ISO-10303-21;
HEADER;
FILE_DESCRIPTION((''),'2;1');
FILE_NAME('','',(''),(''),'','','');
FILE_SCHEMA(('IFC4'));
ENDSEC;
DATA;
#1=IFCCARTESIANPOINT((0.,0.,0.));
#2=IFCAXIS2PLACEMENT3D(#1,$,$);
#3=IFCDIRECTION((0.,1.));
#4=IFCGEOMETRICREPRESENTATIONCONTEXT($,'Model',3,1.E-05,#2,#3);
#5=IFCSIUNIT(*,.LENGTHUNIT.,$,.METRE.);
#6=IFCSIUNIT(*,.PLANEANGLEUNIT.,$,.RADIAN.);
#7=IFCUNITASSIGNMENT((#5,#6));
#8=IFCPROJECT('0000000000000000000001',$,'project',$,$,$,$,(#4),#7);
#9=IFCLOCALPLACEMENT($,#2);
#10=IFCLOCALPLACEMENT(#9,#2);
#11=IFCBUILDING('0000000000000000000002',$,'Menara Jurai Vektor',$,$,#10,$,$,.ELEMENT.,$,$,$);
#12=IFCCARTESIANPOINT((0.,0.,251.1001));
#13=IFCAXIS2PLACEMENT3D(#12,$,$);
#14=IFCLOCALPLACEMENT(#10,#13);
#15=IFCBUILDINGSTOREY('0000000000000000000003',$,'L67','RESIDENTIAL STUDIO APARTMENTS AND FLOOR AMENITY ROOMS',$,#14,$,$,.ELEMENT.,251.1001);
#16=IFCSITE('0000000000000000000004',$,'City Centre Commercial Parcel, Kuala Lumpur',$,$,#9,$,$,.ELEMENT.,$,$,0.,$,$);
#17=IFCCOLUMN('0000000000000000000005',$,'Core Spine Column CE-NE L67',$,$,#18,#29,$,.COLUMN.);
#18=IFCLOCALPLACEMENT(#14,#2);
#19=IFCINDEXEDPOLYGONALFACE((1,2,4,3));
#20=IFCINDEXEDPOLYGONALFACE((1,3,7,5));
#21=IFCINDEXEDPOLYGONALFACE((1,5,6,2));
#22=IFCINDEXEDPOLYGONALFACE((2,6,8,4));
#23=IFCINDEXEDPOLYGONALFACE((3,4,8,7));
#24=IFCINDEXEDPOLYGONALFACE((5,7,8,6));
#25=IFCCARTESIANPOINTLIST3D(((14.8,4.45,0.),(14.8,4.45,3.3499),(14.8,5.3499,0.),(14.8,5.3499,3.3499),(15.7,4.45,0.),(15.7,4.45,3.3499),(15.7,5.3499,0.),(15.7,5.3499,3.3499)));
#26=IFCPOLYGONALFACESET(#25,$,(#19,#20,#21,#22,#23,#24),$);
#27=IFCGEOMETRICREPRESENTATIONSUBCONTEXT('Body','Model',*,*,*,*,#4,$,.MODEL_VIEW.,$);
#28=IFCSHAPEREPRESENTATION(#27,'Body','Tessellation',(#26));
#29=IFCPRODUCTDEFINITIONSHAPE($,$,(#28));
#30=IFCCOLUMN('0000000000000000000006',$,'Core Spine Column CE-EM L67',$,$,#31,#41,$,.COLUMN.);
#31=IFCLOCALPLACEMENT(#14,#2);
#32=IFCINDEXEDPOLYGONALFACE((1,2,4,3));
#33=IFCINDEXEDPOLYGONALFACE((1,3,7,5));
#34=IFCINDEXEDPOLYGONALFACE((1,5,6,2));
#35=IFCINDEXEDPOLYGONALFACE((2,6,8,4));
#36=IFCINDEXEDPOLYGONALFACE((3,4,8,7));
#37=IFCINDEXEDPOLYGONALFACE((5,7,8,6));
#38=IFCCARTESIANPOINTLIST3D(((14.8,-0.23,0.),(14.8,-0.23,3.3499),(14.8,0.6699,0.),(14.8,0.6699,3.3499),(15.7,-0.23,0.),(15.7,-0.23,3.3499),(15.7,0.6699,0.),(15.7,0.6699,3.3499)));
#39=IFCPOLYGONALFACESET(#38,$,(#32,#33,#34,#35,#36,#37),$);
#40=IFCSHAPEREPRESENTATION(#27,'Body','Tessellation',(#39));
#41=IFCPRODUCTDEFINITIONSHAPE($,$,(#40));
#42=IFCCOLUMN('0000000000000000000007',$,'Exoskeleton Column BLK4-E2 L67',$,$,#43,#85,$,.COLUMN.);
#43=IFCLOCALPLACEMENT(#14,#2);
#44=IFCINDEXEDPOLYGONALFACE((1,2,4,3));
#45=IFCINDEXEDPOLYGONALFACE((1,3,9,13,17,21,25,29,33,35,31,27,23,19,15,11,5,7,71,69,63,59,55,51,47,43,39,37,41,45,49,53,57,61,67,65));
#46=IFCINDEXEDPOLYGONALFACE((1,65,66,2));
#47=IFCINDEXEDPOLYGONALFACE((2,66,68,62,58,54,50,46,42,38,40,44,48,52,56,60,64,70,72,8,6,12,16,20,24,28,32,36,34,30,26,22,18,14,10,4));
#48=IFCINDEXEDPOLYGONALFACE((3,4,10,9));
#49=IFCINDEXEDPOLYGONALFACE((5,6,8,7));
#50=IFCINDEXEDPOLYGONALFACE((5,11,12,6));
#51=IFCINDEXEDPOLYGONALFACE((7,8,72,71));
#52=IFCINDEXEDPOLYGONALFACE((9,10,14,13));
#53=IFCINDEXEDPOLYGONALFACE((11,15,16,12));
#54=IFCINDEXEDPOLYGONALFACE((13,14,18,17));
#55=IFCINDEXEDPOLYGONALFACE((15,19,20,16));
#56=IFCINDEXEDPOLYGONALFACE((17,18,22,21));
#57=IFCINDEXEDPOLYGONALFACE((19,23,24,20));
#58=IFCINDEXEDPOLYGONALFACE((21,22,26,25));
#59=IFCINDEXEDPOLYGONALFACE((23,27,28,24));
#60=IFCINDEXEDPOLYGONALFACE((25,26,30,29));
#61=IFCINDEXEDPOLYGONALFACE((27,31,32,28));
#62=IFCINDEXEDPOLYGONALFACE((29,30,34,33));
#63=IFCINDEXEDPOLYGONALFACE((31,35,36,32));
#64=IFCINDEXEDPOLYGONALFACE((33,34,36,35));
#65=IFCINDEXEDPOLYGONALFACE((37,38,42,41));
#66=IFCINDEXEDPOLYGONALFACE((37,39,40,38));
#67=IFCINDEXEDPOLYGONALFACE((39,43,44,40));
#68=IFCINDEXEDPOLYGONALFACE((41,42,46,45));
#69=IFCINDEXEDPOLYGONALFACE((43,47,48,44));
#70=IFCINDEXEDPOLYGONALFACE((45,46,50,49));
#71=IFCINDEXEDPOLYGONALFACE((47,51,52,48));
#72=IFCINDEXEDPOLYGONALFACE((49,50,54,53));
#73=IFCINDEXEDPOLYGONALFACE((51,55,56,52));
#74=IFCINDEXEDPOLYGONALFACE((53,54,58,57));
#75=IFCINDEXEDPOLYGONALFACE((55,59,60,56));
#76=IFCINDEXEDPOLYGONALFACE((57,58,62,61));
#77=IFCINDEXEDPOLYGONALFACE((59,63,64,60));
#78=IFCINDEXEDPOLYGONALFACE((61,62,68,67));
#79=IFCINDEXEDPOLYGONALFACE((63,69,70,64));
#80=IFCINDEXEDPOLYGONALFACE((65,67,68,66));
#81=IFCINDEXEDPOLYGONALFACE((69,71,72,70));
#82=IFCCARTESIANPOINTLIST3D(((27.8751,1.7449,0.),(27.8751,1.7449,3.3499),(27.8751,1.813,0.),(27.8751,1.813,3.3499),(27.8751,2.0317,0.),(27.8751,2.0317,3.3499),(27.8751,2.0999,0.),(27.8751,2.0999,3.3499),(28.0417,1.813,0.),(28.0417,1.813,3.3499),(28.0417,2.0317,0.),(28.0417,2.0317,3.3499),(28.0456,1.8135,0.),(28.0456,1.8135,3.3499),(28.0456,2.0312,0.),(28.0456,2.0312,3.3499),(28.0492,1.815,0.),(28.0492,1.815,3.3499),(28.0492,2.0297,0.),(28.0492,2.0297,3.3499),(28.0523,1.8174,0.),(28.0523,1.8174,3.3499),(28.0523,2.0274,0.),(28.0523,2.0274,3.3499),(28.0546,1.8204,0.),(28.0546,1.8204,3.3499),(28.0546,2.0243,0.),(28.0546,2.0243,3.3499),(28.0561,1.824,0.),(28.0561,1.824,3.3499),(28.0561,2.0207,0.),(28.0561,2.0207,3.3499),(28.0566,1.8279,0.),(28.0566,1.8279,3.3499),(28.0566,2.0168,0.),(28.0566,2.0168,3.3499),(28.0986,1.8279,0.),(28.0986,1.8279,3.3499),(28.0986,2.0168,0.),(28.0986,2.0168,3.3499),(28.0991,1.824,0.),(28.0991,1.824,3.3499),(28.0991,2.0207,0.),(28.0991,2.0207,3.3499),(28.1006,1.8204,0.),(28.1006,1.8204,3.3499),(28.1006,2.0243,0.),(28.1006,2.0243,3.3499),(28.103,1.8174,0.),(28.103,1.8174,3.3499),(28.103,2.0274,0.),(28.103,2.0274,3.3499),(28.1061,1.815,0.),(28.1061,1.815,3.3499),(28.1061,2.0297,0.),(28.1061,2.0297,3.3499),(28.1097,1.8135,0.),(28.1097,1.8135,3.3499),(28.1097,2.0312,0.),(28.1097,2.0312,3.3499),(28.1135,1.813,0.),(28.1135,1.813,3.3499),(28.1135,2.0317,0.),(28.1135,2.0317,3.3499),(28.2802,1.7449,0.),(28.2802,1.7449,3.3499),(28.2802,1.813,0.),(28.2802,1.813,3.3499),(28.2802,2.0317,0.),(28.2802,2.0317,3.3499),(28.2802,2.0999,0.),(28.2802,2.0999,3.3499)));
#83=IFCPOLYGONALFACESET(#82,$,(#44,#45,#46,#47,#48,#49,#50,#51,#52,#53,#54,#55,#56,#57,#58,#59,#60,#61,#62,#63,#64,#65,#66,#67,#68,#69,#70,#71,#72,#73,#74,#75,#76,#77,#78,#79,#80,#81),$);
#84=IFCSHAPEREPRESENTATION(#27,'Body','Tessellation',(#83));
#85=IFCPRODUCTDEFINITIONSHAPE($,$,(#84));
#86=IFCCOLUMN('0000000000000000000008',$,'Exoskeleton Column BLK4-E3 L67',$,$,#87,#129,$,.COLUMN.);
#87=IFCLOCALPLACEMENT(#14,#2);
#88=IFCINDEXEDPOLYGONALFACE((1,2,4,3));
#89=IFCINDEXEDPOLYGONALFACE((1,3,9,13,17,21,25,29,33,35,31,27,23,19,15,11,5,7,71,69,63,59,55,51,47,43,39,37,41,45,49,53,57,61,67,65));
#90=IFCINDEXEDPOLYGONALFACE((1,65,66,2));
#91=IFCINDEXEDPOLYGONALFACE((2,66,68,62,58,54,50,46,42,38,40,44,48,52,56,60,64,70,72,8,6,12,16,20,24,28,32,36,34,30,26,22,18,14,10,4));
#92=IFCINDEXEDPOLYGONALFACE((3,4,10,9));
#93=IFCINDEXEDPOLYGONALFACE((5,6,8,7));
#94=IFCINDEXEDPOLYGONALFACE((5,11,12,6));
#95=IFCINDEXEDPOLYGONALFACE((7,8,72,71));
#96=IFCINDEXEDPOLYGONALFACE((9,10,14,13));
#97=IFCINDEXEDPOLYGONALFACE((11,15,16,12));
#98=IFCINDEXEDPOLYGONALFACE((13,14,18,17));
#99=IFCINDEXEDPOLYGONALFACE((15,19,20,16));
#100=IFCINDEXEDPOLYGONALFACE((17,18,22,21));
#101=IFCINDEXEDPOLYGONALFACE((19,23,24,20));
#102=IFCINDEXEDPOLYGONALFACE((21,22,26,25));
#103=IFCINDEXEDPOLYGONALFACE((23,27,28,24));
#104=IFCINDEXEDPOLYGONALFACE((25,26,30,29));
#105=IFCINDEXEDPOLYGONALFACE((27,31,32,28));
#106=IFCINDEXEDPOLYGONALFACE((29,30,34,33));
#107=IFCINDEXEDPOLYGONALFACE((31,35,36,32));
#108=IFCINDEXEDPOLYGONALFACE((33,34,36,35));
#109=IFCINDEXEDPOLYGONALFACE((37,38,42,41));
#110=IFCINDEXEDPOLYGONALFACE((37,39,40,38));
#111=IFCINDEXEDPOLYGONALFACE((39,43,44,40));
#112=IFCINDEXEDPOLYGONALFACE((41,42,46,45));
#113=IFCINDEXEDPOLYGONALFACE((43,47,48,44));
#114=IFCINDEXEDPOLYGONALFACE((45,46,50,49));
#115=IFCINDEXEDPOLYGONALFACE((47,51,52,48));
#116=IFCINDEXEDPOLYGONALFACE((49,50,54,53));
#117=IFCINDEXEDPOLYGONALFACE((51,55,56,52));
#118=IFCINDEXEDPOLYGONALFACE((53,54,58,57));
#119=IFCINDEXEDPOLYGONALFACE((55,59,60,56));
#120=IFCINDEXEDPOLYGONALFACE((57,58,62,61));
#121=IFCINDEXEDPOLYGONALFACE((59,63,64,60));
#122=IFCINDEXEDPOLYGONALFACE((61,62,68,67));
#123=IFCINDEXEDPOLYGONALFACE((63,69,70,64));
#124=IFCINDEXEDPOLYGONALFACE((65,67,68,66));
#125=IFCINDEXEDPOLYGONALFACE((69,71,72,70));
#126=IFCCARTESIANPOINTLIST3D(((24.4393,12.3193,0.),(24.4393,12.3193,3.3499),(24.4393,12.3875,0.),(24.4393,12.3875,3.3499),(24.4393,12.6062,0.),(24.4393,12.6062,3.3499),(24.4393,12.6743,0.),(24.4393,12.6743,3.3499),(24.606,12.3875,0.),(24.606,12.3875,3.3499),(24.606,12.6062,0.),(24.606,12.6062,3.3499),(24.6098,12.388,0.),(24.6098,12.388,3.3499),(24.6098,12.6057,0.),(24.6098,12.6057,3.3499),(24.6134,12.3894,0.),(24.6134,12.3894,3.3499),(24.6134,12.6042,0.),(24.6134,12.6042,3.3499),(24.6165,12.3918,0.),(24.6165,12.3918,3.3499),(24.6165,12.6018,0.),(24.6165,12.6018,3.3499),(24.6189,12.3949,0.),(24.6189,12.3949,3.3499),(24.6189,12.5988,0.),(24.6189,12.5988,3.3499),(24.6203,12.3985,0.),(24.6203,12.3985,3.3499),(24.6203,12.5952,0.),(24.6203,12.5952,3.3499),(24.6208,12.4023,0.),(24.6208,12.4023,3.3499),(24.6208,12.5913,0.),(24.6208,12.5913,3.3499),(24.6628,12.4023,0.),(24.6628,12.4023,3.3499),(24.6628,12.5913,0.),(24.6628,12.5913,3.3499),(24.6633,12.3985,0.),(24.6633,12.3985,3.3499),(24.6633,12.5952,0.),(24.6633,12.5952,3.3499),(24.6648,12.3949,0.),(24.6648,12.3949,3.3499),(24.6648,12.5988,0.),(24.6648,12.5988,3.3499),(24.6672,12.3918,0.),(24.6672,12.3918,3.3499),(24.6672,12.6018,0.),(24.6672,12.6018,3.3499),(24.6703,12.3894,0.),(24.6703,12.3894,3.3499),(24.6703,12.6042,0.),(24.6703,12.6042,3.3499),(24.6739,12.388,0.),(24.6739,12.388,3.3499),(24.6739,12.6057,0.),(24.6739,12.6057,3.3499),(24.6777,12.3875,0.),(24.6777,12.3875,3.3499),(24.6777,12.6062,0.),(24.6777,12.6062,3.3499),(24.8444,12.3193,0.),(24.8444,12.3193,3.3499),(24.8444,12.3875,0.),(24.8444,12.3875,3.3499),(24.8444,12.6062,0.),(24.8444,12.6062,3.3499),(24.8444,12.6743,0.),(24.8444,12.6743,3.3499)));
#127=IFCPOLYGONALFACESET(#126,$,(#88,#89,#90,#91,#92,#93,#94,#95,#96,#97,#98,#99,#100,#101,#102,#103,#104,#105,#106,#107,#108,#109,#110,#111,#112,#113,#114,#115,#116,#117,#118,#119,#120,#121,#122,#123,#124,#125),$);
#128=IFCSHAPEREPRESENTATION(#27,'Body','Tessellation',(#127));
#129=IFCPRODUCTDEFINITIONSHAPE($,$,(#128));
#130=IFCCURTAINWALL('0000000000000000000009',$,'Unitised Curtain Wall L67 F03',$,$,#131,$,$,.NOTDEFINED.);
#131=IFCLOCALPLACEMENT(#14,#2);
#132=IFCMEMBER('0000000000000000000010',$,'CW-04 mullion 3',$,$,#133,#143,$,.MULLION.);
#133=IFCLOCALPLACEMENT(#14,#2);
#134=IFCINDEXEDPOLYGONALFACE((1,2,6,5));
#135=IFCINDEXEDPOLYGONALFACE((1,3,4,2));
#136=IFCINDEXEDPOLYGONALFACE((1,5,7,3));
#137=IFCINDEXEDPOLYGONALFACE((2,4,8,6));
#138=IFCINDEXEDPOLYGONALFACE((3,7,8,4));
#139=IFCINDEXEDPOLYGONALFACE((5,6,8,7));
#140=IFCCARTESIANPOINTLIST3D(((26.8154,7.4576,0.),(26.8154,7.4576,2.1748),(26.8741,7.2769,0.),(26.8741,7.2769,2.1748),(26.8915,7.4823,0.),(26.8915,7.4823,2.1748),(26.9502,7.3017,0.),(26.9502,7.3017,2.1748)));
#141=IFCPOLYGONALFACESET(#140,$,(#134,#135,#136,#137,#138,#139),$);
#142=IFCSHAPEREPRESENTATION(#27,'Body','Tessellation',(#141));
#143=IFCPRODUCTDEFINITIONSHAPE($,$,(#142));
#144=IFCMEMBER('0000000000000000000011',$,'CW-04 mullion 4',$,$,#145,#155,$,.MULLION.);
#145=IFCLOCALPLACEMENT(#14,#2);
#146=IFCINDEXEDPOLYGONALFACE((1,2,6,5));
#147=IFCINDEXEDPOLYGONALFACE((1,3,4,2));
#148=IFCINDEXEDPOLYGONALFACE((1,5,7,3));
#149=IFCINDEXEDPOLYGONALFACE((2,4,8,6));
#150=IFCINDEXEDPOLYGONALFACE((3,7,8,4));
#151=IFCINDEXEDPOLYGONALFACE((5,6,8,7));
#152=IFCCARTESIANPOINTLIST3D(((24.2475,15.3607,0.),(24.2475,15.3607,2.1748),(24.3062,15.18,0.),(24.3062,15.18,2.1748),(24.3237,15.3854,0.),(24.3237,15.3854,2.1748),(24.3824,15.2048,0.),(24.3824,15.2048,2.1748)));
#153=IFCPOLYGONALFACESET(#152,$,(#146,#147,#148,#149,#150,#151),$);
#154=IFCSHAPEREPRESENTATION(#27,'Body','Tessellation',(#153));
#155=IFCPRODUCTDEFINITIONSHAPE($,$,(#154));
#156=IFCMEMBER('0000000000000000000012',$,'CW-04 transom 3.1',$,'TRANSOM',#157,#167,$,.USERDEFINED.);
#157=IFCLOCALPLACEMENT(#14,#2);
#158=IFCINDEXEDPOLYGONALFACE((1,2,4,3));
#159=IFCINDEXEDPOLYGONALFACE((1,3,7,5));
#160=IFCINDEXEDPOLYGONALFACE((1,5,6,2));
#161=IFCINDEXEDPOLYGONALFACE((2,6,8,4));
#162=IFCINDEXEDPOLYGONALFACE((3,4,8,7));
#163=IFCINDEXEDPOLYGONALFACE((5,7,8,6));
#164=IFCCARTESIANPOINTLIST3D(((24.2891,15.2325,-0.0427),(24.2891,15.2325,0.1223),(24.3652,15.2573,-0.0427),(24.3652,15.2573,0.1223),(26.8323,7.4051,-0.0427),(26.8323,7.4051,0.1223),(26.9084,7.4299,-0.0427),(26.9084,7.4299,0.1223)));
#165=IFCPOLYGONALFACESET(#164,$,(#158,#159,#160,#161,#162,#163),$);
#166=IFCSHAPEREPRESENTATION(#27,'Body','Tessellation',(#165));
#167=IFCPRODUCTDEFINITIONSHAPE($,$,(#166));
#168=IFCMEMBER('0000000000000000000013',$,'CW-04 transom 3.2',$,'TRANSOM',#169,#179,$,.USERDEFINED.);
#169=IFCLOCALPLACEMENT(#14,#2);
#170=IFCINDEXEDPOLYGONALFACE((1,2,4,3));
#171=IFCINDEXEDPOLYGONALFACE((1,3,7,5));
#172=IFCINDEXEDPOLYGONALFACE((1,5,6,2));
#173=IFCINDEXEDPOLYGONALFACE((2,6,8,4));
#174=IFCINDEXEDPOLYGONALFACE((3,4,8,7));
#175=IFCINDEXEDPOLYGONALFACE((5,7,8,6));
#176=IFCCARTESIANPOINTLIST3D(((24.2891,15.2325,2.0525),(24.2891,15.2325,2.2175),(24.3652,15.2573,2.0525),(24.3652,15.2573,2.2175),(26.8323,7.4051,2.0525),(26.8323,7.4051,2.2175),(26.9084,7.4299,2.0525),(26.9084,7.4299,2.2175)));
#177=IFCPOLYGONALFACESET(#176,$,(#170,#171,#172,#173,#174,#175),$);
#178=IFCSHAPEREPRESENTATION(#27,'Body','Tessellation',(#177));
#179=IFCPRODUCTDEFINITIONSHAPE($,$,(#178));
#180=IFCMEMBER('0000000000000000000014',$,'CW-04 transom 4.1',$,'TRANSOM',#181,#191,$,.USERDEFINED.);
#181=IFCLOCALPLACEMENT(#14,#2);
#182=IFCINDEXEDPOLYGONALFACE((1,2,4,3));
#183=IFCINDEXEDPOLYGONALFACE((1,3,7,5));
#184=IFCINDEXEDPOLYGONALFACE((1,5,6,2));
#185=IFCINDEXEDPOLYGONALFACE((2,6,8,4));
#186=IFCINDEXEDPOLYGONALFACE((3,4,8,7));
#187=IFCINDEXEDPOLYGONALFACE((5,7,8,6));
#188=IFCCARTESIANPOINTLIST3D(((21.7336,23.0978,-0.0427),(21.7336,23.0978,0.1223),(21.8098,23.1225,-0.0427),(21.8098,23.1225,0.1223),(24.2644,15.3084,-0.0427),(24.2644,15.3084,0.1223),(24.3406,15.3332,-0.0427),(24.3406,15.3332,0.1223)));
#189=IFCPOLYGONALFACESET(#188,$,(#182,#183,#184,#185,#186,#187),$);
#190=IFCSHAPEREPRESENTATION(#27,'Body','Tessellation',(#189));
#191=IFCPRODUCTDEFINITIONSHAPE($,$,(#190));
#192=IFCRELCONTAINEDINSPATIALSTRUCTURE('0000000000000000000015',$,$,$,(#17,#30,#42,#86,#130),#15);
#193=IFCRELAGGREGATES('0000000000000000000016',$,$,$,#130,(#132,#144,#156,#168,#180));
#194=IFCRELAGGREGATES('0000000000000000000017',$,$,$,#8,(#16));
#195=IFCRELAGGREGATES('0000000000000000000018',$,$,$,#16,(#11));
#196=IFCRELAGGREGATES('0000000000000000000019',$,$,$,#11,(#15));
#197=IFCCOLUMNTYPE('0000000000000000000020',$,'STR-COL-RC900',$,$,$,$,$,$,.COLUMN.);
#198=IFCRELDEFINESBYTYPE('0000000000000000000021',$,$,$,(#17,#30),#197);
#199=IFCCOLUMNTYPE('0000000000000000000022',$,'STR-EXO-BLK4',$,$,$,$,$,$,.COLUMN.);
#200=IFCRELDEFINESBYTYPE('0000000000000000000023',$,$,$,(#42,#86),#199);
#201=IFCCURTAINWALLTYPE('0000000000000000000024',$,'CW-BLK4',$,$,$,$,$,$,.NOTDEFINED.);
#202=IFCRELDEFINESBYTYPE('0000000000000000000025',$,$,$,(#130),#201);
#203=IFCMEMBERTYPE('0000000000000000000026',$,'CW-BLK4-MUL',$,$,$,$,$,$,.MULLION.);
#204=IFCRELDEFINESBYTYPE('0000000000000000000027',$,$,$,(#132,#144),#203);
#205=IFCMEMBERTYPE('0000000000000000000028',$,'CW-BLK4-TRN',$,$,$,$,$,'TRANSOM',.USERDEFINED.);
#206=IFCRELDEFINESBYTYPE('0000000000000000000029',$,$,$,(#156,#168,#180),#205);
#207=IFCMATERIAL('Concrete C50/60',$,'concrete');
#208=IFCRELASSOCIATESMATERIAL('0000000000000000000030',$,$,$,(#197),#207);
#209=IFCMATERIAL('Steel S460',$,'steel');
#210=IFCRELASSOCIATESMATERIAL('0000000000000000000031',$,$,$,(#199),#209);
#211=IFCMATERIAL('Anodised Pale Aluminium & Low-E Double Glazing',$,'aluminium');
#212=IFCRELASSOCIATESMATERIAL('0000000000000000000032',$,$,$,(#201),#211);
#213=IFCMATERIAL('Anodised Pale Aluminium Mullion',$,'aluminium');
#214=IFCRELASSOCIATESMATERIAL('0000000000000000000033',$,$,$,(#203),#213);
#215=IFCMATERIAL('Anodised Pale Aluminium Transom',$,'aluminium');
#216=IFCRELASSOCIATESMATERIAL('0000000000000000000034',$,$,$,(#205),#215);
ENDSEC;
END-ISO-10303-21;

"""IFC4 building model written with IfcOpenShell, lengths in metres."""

from ifc_helpers import new_model, si_unit, direction, frame, origin, origin_2d, place, context, subcontext, project, spatial, rectangle, i_section, extrude, material, material_profile, profile_set, type_object, element, aggregate, save


model = new_model("IFC4")

# Units and contexts
model_context = context("Model", 3, precision=1e-05, world=origin(), true_north=direction((0.0, 1.0)))
body_context = subcontext(model_context, "Body", "Model", "MODEL_VIEW")
ifc_project = project(units=[si_unit("LENGTHUNIT", "METRE"), si_unit("PLANEANGLEUNIT", "RADIAN")], contexts=[model_context])

# Site, building, storey
site_placement = place(None, origin())
site = spatial("IfcSite", under=ifc_project, at=site_placement, Name="City Centre Commercial Parcel, Kuala Lumpur", CompositionType="ELEMENT", RefElevation=0.0)
building_placement = place(site_placement, origin())
building = spatial("IfcBuilding", under=site, at=building_placement, Name="Menara Jurai Vektor", CompositionType="ELEMENT")
storey_placement = place(building_placement, frame((0.0, 0.0, 251.1001)))
storey = spatial("IfcBuildingStorey", under=building, at=storey_placement, Name="L67", Description="RESIDENTIAL STUDIO APARTMENTS AND FLOOR AMENITY ROOMS", CompositionType="ELEMENT", Elevation=251.1001)

# Columns
ifc_material_1 = material(Name="Concrete C50/60", Category="concrete")
ifc_material_profile_1 = material_profile(ifc_material_1, rectangle(XDim=0.8999, YDim=0.8999, at=origin_2d()), Name="RC 900x900")
ifc_profile_set_1 = profile_set([ifc_material_profile_1], Name="Concrete C50/60")
column_type_1 = type_object("IfcColumnType", Name="STR-COL-RC900", PredefinedType="COLUMN", material=ifc_profile_set_1)
for number, where, z_axis, x_axis, name in (
    (1, (15.25, 4.8999, 0.0), (0.0, 0.0, 1.0), (1.0, 0.0, 0.0), "Core Spine Column CE-NE L67"),
    (2, (15.25, 0.22, 0.0), (0.0, 0.0, 1.0), (1.0, 0.0, 0.0), "Core Spine Column CE-EM L67"),
):
    element("IfcColumn", number, at=place(storey_placement, frame(where, z_axis=z_axis, x_axis=x_axis)), inside=storey, type_object=column_type_1, Name=name, PredefinedType="COLUMN", context=body_context, shape_type="SweptSolid", body=[
        extrude(rectangle(XDim=0.8999, YDim=0.8999, at=origin_2d()), origin(), (0.0, 0.0, 1.0), 3.3499),
    ])
ifc_material_2 = material(Name="Steel S460", Category="steel")
ifc_material_profile_2 = material_profile(ifc_material_2, i_section(OverallWidth=0.405, OverallDepth=0.355, WebThickness=0.042, FlangeThickness=0.0681, FilletRadius=0.0149, at=origin_2d()), Name="HD 400x551")
ifc_profile_set_2 = profile_set([ifc_material_profile_2], Name="Steel S460")
column_type_2 = type_object("IfcColumnType", Name="STR-EXO-BLK4", PredefinedType="COLUMN", material=ifc_profile_set_2)
for number, where, z_axis, x_axis, name in (
    (3, (28.0776, 1.9224, 0.0), (0.0, 0.0, 1.0), (1.0, 0.0, 0.0), "Exoskeleton Column BLK4-E2 L67"),
    (4, (24.6418, 12.4968, 0.0), (0.0, 0.0, 1.0), (1.0, 0.0, 0.0), "Exoskeleton Column BLK4-E3 L67"),
):
    element("IfcColumn", number, at=place(storey_placement, frame(where, z_axis=z_axis, x_axis=x_axis)), inside=storey, type_object=column_type_2, Name=name, PredefinedType="COLUMN", context=body_context, shape_type="SweptSolid", body=[
        extrude(i_section(OverallWidth=0.405, OverallDepth=0.355, WebThickness=0.042, FlangeThickness=0.0681, FilletRadius=0.0149, at=origin_2d()), origin(), (0.0, 0.0, 1.0), 3.3499),
    ])

# Curtain wall, members
ifc_material_3 = material(Name="Anodised Pale Aluminium & Low-E Double Glazing", Category="aluminium")
curtain_wall_type = type_object("IfcCurtainWallType", Name="CW-BLK4", PredefinedType="NOTDEFINED", material=ifc_material_3)
curtain_wall_placement = place(storey_placement, origin())
curtain_wall = element("IfcCurtainWall", 5, at=curtain_wall_placement, inside=storey, type_object=curtain_wall_type, Name="Unitised Curtain Wall L67 F03", PredefinedType="NOTDEFINED")
ifc_material_4 = material(Name="Anodised Pale Aluminium Mullion", Category="aluminium")
ifc_material_profile_3 = material_profile(ifc_material_4, rectangle(XDim=0.0801, YDim=0.1899, at=origin_2d()), Name="ALU MUL 80x190")
ifc_profile_set_3 = profile_set([ifc_material_profile_3], Name="Anodised Pale Aluminium Mullion")
member_type_1 = type_object("IfcMemberType", Name="CW-BLK4-MUL", PredefinedType="MULLION", material=ifc_profile_set_3)
member_1_placement = place(storey_placement, frame((26.8828, 7.3796, 0.0), z_axis=(0.0, 0.0, 1.0), x_axis=(-0.951057, -0.309016, 0.0)))
member_1 = element("IfcMember", 6, at=member_1_placement, type_object=member_type_1, Name="CW-04 mullion 3", PredefinedType="MULLION", context=body_context, shape_type="SweptSolid", body=[
    extrude(rectangle(XDim=0.0801, YDim=0.1899, at=origin_2d()), origin(), (0.0, 0.0, 1.0), 2.1748),
])
member_2_placement = place(storey_placement, frame((24.3149, 15.2827, 0.0), z_axis=(0.0, 0.0, 1.0), x_axis=(-0.951057, -0.309016, 0.0)))
member_2 = element("IfcMember", 7, at=member_2_placement, type_object=member_type_1, Name="CW-04 mullion 4", PredefinedType="MULLION", context=body_context, shape_type="SweptSolid", body=[
    extrude(rectangle(XDim=0.0801, YDim=0.1899, at=origin_2d()), origin(), (0.0, 0.0, 1.0), 2.1748),
])
ifc_material_5 = material(Name="Anodised Pale Aluminium Transom", Category="aluminium")
ifc_material_profile_4 = material_profile(ifc_material_5, rectangle(XDim=0.0801, YDim=0.165, at=origin_2d()), Name="ALU TRN 80x165")
ifc_profile_set_4 = profile_set([ifc_material_profile_4], Name="Anodised Pale Aluminium Transom")
member_type_2 = type_object("IfcMemberType", Name="CW-BLK4-TRN", ElementType="TRANSOM", PredefinedType="USERDEFINED", material=ifc_profile_set_4)
member_3_placement = place(storey_placement, frame((26.8704, 7.4175, 0.0398), z_axis=(-0.30901, 0.951059, 0.0), x_axis=(-0.951059, -0.30901, 0.0)))
member_3 = element("IfcMember", 8, at=member_3_placement, type_object=member_type_2, Name="CW-04 transom 3.1", ObjectType="TRANSOM", PredefinedType="USERDEFINED", context=body_context, shape_type="SweptSolid", body=[
    extrude(rectangle(XDim=0.0801, YDim=0.165, at=origin_2d()), origin(), (0.0, 0.0, 1.0), 8.2302),
])
member_4_placement = place(storey_placement, frame((26.8704, 7.4175, 2.135), z_axis=(-0.30901, 0.951059, 0.0), x_axis=(-0.951059, -0.30901, 0.0)))
member_4 = element("IfcMember", 9, at=member_4_placement, type_object=member_type_2, Name="CW-04 transom 3.2", ObjectType="TRANSOM", PredefinedType="USERDEFINED", context=body_context, shape_type="SweptSolid", body=[
    extrude(rectangle(XDim=0.0801, YDim=0.165, at=origin_2d()), origin(), (0.0, 0.0, 1.0), 8.2302),
])
member_5_placement = place(storey_placement, frame((24.3025, 15.3208, 0.0398), z_axis=(-0.309002, 0.951061, 0.0), x_axis=(-0.951061, -0.309002, 0.0)))
member_5 = element("IfcMember", 10, at=member_5_placement, type_object=member_type_2, Name="CW-04 transom 4.1", ObjectType="TRANSOM", PredefinedType="USERDEFINED", context=body_context, shape_type="SweptSolid", body=[
    extrude(rectangle(XDim=0.0801, YDim=0.165, at=origin_2d()), origin(), (0.0, 0.0, 1.0), 8.1902),
])

aggregate(curtain_wall, [member_1, member_2, member_3, member_4, member_5])

save(model, "model.ifc")
